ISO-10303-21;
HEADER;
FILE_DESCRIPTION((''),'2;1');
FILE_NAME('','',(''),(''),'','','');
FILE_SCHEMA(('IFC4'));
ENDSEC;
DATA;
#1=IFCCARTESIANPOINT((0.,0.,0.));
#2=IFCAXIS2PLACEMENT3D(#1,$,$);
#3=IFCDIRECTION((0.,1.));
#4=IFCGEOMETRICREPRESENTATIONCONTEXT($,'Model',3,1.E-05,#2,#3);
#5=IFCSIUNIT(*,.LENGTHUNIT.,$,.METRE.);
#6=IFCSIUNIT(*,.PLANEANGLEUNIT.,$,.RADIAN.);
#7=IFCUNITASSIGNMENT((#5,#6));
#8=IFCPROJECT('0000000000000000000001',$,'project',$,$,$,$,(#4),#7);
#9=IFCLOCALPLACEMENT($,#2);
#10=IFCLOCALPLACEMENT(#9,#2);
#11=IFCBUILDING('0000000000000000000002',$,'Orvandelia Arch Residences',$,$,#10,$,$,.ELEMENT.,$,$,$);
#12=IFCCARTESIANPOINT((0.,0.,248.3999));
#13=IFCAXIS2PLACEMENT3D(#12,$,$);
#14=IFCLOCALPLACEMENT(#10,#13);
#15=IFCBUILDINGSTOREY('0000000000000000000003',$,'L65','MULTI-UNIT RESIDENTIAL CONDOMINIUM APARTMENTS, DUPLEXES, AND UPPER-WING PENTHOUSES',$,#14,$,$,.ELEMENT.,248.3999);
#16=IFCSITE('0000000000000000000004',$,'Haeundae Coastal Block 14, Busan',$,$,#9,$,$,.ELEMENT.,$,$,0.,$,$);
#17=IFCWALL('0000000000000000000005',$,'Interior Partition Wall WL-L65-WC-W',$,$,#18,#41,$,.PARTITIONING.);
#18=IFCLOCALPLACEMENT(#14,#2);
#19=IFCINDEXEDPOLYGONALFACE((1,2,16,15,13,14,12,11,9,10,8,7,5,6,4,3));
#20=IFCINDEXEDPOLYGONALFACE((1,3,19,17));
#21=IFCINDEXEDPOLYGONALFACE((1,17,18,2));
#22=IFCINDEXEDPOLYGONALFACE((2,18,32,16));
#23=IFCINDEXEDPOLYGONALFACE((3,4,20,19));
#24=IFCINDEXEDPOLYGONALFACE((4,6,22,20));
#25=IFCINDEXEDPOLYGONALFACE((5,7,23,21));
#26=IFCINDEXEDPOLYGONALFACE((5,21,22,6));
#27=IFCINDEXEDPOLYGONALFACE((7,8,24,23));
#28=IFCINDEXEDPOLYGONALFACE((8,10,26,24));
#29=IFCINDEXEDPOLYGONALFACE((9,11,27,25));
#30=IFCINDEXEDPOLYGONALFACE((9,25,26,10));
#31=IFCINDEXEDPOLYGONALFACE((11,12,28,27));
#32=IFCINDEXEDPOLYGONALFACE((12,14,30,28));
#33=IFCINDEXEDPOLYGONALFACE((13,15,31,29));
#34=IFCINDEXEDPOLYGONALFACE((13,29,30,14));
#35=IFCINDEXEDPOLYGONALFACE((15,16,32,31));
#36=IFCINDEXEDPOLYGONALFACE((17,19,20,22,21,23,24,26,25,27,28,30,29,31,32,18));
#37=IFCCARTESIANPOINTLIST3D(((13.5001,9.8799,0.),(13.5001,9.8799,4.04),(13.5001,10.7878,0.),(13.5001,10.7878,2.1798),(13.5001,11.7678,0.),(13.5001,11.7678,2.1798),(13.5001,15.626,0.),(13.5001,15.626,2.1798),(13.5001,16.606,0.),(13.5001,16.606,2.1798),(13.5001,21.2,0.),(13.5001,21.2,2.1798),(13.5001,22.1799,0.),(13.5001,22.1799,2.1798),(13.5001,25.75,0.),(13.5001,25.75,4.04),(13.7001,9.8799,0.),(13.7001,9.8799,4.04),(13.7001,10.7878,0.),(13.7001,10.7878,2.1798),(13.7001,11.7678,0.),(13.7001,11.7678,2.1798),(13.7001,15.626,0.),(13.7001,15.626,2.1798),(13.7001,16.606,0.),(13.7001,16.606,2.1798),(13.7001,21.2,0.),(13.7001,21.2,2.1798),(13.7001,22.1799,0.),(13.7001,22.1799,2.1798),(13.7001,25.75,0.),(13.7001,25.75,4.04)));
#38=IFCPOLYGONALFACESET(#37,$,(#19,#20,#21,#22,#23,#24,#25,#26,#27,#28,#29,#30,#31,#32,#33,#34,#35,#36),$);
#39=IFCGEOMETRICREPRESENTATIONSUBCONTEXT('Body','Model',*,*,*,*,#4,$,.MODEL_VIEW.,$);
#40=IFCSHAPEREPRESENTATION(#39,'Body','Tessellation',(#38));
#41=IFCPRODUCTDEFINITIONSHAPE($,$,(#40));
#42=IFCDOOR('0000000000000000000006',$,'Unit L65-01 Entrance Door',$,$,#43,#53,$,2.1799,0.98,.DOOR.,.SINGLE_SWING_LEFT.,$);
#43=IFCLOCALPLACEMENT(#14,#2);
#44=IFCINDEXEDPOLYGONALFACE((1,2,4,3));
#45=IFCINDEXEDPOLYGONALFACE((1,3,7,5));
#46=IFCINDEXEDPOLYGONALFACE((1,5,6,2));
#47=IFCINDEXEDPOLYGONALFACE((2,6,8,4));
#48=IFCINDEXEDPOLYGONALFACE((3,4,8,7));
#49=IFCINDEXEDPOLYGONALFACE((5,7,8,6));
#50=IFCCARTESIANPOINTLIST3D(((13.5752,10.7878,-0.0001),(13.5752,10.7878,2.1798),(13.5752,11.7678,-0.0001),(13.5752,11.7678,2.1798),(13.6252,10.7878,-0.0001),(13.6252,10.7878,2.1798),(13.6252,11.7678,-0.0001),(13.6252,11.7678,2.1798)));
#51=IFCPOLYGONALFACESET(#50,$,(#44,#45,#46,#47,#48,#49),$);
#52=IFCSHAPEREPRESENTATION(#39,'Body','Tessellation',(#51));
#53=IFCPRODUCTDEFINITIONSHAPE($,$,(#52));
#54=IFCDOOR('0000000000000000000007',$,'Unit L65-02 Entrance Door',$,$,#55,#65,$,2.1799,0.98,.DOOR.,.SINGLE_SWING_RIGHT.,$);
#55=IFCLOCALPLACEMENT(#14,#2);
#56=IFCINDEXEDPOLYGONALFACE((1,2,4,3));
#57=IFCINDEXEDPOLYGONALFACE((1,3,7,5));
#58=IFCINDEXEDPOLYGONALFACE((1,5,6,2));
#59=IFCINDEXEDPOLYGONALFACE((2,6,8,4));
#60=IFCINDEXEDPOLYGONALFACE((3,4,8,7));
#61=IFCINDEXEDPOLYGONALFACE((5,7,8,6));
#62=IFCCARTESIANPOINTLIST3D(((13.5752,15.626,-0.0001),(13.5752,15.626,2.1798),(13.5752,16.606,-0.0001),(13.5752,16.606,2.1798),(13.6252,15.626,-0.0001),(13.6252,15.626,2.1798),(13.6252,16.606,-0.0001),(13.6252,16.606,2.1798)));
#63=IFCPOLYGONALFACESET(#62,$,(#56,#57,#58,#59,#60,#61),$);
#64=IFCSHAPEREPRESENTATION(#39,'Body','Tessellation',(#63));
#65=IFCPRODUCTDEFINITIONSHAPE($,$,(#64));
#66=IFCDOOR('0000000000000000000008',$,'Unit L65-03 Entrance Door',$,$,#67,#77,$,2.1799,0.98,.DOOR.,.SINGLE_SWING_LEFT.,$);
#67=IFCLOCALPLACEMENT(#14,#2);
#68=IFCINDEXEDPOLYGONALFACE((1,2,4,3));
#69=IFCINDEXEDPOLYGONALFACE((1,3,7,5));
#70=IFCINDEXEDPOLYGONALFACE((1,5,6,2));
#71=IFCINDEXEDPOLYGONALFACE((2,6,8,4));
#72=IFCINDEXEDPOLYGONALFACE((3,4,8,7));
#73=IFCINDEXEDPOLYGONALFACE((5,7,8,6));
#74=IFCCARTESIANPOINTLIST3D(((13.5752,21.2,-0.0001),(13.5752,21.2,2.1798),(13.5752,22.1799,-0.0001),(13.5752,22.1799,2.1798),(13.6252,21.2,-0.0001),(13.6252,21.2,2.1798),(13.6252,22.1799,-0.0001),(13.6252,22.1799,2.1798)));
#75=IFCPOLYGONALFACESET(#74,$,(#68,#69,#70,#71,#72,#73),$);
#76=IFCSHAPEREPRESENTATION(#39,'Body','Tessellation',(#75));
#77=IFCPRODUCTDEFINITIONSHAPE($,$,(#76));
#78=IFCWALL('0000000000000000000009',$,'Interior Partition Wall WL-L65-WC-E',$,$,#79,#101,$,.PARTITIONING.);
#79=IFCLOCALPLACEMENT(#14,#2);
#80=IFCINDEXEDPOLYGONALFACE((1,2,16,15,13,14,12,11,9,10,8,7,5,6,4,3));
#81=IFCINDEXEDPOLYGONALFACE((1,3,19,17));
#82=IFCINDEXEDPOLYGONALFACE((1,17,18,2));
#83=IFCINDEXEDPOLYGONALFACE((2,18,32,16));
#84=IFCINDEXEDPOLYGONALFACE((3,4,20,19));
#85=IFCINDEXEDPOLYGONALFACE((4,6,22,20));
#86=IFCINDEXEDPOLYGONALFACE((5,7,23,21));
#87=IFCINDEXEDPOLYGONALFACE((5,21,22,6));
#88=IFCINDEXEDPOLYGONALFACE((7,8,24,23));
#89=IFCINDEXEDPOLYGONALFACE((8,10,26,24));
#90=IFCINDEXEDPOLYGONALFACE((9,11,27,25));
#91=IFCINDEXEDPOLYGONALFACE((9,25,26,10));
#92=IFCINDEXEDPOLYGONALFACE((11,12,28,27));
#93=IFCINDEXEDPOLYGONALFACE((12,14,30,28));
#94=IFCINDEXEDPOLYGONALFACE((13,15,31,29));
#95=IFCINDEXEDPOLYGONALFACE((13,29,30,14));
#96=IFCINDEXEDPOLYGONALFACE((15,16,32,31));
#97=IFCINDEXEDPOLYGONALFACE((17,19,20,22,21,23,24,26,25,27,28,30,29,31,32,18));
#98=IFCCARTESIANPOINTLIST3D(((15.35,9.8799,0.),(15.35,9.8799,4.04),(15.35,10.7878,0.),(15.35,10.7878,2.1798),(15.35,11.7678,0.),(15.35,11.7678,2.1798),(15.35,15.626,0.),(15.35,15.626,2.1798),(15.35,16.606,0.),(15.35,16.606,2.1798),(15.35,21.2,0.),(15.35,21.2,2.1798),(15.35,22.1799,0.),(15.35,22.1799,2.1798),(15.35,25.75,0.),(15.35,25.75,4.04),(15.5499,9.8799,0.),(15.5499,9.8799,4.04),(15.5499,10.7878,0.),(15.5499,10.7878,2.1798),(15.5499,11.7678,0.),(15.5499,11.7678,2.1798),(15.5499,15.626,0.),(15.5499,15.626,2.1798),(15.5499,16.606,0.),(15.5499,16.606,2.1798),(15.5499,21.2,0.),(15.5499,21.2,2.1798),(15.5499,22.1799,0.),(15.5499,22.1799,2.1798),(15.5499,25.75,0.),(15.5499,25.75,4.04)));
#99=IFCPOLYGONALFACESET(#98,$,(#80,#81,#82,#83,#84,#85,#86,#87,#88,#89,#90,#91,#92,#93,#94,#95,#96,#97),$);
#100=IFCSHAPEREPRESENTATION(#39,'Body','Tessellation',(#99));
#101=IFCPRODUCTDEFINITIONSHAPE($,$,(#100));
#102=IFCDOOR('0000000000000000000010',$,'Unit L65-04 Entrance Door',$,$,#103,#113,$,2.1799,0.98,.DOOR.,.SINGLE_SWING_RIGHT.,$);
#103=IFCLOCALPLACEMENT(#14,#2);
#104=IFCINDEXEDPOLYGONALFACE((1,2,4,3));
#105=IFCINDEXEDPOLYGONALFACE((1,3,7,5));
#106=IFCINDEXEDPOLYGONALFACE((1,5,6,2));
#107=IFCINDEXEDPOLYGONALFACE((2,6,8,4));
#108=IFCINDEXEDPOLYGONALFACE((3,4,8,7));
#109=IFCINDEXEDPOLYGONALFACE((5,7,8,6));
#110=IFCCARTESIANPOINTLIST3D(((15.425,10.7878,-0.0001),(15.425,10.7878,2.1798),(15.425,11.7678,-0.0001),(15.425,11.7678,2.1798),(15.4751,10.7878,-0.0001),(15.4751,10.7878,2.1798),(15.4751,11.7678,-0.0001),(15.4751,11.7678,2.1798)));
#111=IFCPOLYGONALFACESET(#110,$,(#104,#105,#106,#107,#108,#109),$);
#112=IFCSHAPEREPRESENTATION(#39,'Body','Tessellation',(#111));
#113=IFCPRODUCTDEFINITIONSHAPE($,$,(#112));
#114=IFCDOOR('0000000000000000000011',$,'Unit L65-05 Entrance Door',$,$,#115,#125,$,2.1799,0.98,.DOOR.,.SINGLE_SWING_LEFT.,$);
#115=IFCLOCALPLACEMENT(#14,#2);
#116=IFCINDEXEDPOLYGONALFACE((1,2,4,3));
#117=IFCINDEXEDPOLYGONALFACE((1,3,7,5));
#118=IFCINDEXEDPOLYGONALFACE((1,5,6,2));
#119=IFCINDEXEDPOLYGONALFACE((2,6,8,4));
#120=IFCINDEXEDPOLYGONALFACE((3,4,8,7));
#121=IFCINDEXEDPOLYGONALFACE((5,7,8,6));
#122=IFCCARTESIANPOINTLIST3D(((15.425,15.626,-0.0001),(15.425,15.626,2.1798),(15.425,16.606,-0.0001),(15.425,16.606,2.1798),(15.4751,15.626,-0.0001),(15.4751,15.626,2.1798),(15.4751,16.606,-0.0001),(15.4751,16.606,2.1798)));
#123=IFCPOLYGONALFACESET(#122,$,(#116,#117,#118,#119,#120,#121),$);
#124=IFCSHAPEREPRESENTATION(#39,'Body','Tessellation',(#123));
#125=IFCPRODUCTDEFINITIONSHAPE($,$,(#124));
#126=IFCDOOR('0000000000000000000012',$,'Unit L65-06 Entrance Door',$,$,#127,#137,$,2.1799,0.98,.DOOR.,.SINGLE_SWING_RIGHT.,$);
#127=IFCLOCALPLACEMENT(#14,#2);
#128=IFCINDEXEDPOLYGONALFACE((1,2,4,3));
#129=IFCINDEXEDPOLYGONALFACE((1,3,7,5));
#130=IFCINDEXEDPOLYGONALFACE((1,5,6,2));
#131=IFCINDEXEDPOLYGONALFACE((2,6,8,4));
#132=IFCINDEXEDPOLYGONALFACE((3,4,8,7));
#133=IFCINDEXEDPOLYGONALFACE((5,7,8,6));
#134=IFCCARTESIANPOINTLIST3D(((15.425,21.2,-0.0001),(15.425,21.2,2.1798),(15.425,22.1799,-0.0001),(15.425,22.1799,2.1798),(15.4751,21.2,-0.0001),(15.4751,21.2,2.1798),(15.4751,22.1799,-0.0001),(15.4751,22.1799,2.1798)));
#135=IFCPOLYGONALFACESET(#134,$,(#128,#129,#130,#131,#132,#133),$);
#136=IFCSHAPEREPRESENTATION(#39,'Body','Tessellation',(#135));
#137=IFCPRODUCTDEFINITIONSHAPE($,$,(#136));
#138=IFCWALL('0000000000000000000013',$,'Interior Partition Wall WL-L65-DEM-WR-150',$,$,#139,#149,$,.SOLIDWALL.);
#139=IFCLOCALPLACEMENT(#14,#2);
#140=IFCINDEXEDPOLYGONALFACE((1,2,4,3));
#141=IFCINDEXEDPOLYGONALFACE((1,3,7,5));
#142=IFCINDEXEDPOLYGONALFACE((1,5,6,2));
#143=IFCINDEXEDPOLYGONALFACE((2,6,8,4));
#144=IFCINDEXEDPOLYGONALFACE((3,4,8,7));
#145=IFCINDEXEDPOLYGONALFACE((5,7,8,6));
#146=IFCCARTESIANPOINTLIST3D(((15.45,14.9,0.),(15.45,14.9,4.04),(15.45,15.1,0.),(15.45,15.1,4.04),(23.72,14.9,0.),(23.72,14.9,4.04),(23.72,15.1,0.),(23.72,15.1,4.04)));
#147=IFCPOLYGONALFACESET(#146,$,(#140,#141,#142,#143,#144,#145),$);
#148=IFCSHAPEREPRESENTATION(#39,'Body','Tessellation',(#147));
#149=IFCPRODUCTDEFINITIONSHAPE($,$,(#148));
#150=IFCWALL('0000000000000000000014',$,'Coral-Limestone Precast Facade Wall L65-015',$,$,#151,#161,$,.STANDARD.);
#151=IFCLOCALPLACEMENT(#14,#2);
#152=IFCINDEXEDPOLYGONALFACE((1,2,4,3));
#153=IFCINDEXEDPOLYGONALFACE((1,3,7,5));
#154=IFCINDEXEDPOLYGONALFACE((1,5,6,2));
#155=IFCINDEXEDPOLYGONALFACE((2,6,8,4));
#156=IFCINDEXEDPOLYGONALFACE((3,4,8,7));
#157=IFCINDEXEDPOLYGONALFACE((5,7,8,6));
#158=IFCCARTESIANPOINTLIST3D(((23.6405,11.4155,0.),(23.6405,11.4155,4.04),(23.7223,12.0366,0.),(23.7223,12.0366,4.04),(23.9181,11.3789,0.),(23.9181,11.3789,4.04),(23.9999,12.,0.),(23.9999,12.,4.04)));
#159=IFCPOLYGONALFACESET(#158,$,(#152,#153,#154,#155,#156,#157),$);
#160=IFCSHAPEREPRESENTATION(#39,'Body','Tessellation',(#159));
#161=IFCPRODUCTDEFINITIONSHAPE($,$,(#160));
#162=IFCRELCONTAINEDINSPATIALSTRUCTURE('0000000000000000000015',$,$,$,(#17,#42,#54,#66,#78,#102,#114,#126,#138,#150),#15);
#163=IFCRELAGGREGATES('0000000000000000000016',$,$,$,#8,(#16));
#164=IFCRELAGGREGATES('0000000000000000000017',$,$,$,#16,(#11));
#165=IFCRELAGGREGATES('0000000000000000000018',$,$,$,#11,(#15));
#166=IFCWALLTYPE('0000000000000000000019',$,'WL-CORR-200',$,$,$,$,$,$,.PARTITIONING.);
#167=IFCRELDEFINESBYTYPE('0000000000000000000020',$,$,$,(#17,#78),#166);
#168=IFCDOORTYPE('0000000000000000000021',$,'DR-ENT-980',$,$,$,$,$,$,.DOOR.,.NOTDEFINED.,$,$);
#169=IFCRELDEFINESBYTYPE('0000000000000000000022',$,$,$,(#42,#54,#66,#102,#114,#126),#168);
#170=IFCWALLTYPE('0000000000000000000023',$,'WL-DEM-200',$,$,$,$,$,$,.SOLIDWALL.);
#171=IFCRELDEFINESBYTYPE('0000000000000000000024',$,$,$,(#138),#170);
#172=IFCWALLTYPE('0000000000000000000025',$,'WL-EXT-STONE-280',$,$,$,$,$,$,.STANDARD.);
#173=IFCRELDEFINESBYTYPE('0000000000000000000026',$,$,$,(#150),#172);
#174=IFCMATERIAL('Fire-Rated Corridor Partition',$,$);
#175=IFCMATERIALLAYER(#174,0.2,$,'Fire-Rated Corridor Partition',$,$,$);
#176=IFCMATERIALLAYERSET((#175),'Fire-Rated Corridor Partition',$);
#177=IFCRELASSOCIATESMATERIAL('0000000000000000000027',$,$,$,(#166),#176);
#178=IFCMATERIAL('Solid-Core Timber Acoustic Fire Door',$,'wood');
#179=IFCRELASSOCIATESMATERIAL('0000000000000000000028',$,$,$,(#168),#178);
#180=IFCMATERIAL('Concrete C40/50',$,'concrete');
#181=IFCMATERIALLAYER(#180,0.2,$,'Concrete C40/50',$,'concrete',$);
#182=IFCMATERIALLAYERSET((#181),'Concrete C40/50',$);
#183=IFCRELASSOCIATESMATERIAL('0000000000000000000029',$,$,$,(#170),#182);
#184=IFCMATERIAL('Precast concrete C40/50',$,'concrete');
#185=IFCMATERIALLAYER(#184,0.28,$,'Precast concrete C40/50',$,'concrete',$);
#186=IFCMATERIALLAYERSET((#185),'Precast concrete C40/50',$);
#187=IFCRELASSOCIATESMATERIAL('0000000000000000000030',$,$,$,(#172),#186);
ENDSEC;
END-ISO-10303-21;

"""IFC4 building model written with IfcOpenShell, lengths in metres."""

from ifc_helpers import new_model, si_unit, direction, frame, frame_2d, origin, place, context, subcontext, project, spatial, rectangle, extrude, material, layer, layer_set, type_object, element, fill, save


model = new_model("IFC4")

# Units and contexts
model_context = context("Model", 3, precision=1e-05, world=origin(), true_north=direction((0.0, 1.0)))
body_context = subcontext(model_context, "Body", "Model", "MODEL_VIEW")
ifc_project = project(units=[si_unit("LENGTHUNIT", "METRE"), si_unit("PLANEANGLEUNIT", "RADIAN")], contexts=[model_context])

# Site, building, storey
site_placement = place(None, origin())
site = spatial("IfcSite", under=ifc_project, at=site_placement, Name="Haeundae Coastal Block 14, Busan", CompositionType="ELEMENT", RefElevation=0.0)
building_placement = place(site_placement, origin())
building = spatial("IfcBuilding", under=site, at=building_placement, Name="Orvandelia Arch Residences", CompositionType="ELEMENT")
storey_placement = place(building_placement, frame((0.0, 0.0, 248.3999)))
storey = spatial("IfcBuildingStorey", under=building, at=storey_placement, Name="L65", Description="MULTI-UNIT RESIDENTIAL CONDOMINIUM APARTMENTS, DUPLEXES, AND UPPER-WING PENTHOUSES", CompositionType="ELEMENT", Elevation=248.3999)

# Walls, openings, doors
ifc_material_1 = material(Name="Fire-Rated Corridor Partition")
ifc_layer_1 = layer(ifc_material_1, 0.2, Name="Fire-Rated Corridor Partition")
ifc_layer_set_1 = layer_set([ifc_layer_1], Name="Fire-Rated Corridor Partition")
wall_type_1 = type_object("IfcWallType", Name="WL-CORR-200", PredefinedType="PARTITIONING", material=ifc_layer_set_1)
wall_1_placement = place(storey_placement, frame((13.6001, 9.8799, 0.0), z_axis=(0.0, 0.0, 1.0), x_axis=(0.0, 1.0, 0.0)))
wall_1 = element("IfcWall", 1, at=wall_1_placement, inside=storey, type_object=wall_type_1, Name="Interior Partition Wall WL-L65-WC-W", PredefinedType="PARTITIONING", context=body_context, shape_type="SweptSolid", body=[
    extrude(rectangle(XDim=15.8701, YDim=0.2, at=frame_2d((7.9351, 0.0))), origin(), (0.0, 0.0, 1.0), 4.04),
])
opening_1_placement = place(wall_1_placement, frame((0.908, 0.0, 0.0)))
opening_1 = element("IfcOpeningElement", 2, at=opening_1_placement, cuts=wall_1, PredefinedType="OPENING", context=body_context, shape_type="SweptSolid", body=[
    extrude(rectangle(XDim=0.98, YDim=2.1799, at=frame_2d((0.49, 1.0898))), frame((0.0, 0.1099, 0.0), z_axis=(0.0, -1.0, 0.0), x_axis=(1.0, 0.0, 0.0)), (0.0, 0.0, 1.0), 0.22),
])
opening_2_placement = place(wall_1_placement, frame((5.7461, 0.0, 0.0)))
opening_2 = element("IfcOpeningElement", 3, at=opening_2_placement, cuts=wall_1, PredefinedType="OPENING", context=body_context, shape_type="SweptSolid", body=[
    extrude(rectangle(XDim=0.98, YDim=2.1799, at=frame_2d((0.49, 1.0898))), frame((0.0, 0.1099, 0.0), z_axis=(0.0, -1.0, 0.0), x_axis=(1.0, 0.0, 0.0)), (0.0, 0.0, 1.0), 0.22),
])
opening_3_placement = place(wall_1_placement, frame((11.3201, 0.0, 0.0)))
opening_3 = element("IfcOpeningElement", 4, at=opening_3_placement, cuts=wall_1, PredefinedType="OPENING", context=body_context, shape_type="SweptSolid", body=[
    extrude(rectangle(XDim=0.98, YDim=2.1799, at=frame_2d((0.49, 1.0898))), frame((0.0, 0.1099, 0.0), z_axis=(0.0, -1.0, 0.0), x_axis=(1.0, 0.0, 0.0)), (0.0, 0.0, 1.0), 0.22),
])
ifc_material_2 = material(Name="Solid-Core Timber Acoustic Fire Door", Category="wood")
door_type_1 = type_object("IfcDoorType", Name="DR-ENT-980", OperationType="NOTDEFINED", PredefinedType="DOOR", material=ifc_material_2)
door_1_placement = place(opening_1_placement, origin())
door_1 = element("IfcDoor", 5, at=door_1_placement, inside=storey, type_object=door_type_1, Name="Unit L65-01 Entrance Door", OperationType="SINGLE_SWING_LEFT", OverallHeight=2.1799, OverallWidth=0.98, PredefinedType="DOOR", context=body_context, shape_type="SweptSolid", body=[
    extrude(rectangle(XDim=0.98, YDim=2.1799, at=frame_2d((0.49, 1.0898))), frame((0.0, 0.0249, 0.0), z_axis=(0.0, -1.0, 0.0), x_axis=(1.0, 0.0, 0.0)), (0.0, 0.0, 1.0), 0.05),
])
fill(opening_1, door_1)
door_2_placement = place(opening_2_placement, origin())
door_2 = element("IfcDoor", 6, at=door_2_placement, inside=storey, type_object=door_type_1, Name="Unit L65-02 Entrance Door", OperationType="SINGLE_SWING_RIGHT", OverallHeight=2.1799, OverallWidth=0.98, PredefinedType="DOOR", context=body_context, shape_type="SweptSolid", body=[
    extrude(rectangle(XDim=0.98, YDim=2.1799, at=frame_2d((0.49, 1.0898))), frame((0.0, 0.0249, 0.0), z_axis=(0.0, -1.0, 0.0), x_axis=(1.0, 0.0, 0.0)), (0.0, 0.0, 1.0), 0.05),
])
fill(opening_2, door_2)
door_3_placement = place(opening_3_placement, origin())
door_3 = element("IfcDoor", 7, at=door_3_placement, inside=storey, type_object=door_type_1, Name="Unit L65-03 Entrance Door", OperationType="SINGLE_SWING_LEFT", OverallHeight=2.1799, OverallWidth=0.98, PredefinedType="DOOR", context=body_context, shape_type="SweptSolid", body=[
    extrude(rectangle(XDim=0.98, YDim=2.1799, at=frame_2d((0.49, 1.0898))), frame((0.0, 0.0249, 0.0), z_axis=(0.0, -1.0, 0.0), x_axis=(1.0, 0.0, 0.0)), (0.0, 0.0, 1.0), 0.05),
])
fill(opening_3, door_3)
wall_2_placement = place(storey_placement, frame((15.45, 9.8799, 0.0), z_axis=(0.0, 0.0, 1.0), x_axis=(0.0, 1.0, 0.0)))
wall_2 = element("IfcWall", 8, at=wall_2_placement, inside=storey, type_object=wall_type_1, Name="Interior Partition Wall WL-L65-WC-E", PredefinedType="PARTITIONING", context=body_context, shape_type="SweptSolid", body=[
    extrude(rectangle(XDim=15.8701, YDim=0.2, at=frame_2d((7.9351, 0.0))), origin(), (0.0, 0.0, 1.0), 4.04),
])
opening_4_placement = place(wall_2_placement, frame((0.908, 0.0, 0.0)))
opening_4 = element("IfcOpeningElement", 9, at=opening_4_placement, cuts=wall_2, PredefinedType="OPENING", context=body_context, shape_type="SweptSolid", body=[
    extrude(rectangle(XDim=0.98, YDim=2.1799, at=frame_2d((0.49, 1.0898))), frame((0.0, 0.1099, 0.0), z_axis=(0.0, -1.0, 0.0), x_axis=(1.0, 0.0, 0.0)), (0.0, 0.0, 1.0), 0.22),
])
opening_5_placement = place(wall_2_placement, frame((5.7461, 0.0, 0.0)))
opening_5 = element("IfcOpeningElement", 10, at=opening_5_placement, cuts=wall_2, PredefinedType="OPENING", context=body_context, shape_type="SweptSolid", body=[
    extrude(rectangle(XDim=0.98, YDim=2.1799, at=frame_2d((0.49, 1.0898))), frame((0.0, 0.1099, 0.0), z_axis=(0.0, -1.0, 0.0), x_axis=(1.0, 0.0, 0.0)), (0.0, 0.0, 1.0), 0.22),
])
opening_6_placement = place(wall_2_placement, frame((11.3201, 0.0, 0.0)))
opening_6 = element("IfcOpeningElement", 11, at=opening_6_placement, cuts=wall_2, PredefinedType="OPENING", context=body_context, shape_type="SweptSolid", body=[
    extrude(rectangle(XDim=0.98, YDim=2.1799, at=frame_2d((0.49, 1.0898))), frame((0.0, 0.1099, 0.0), z_axis=(0.0, -1.0, 0.0), x_axis=(1.0, 0.0, 0.0)), (0.0, 0.0, 1.0), 0.22),
])
door_4_placement = place(opening_4_placement, origin())
door_4 = element("IfcDoor", 12, at=door_4_placement, inside=storey, type_object=door_type_1, Name="Unit L65-04 Entrance Door", OperationType="SINGLE_SWING_RIGHT", OverallHeight=2.1799, OverallWidth=0.98, PredefinedType="DOOR", context=body_context, shape_type="SweptSolid", body=[
    extrude(rectangle(XDim=0.98, YDim=2.1799, at=frame_2d((0.49, 1.0898))), frame((0.0, 0.0249, 0.0), z_axis=(0.0, -1.0, 0.0), x_axis=(1.0, 0.0, 0.0)), (0.0, 0.0, 1.0), 0.05),
])
fill(opening_4, door_4)
door_5_placement = place(opening_5_placement, origin())
door_5 = element("IfcDoor", 13, at=door_5_placement, inside=storey, type_object=door_type_1, Name="Unit L65-05 Entrance Door", OperationType="SINGLE_SWING_LEFT", OverallHeight=2.1799, OverallWidth=0.98, PredefinedType="DOOR", context=body_context, shape_type="SweptSolid", body=[
    extrude(rectangle(XDim=0.98, YDim=2.1799, at=frame_2d((0.49, 1.0898))), frame((0.0, 0.0249, 0.0), z_axis=(0.0, -1.0, 0.0), x_axis=(1.0, 0.0, 0.0)), (0.0, 0.0, 1.0), 0.05),
])
fill(opening_5, door_5)
door_6_placement = place(opening_6_placement, origin())
door_6 = element("IfcDoor", 14, at=door_6_placement, inside=storey, type_object=door_type_1, Name="Unit L65-06 Entrance Door", OperationType="SINGLE_SWING_RIGHT", OverallHeight=2.1799, OverallWidth=0.98, PredefinedType="DOOR", context=body_context, shape_type="SweptSolid", body=[
    extrude(rectangle(XDim=0.98, YDim=2.1799, at=frame_2d((0.49, 1.0898))), frame((0.0, 0.0249, 0.0), z_axis=(0.0, -1.0, 0.0), x_axis=(1.0, 0.0, 0.0)), (0.0, 0.0, 1.0), 0.05),
])
fill(opening_6, door_6)

# Walls
ifc_material_3 = material(Name="Concrete C40/50", Category="concrete")
ifc_layer_2 = layer(ifc_material_3, 0.2, Name="Concrete C40/50", Category="concrete")
ifc_layer_set_2 = layer_set([ifc_layer_2], Name="Concrete C40/50")
wall_type_2 = type_object("IfcWallType", Name="WL-DEM-200", PredefinedType="SOLIDWALL", material=ifc_layer_set_2)
wall_3_placement = place(storey_placement, frame((15.45, 15.0, 0.0), z_axis=(0.0, 0.0, 1.0), x_axis=(1.0, 0.0, 0.0)))
element("IfcWall", 15, at=wall_3_placement, inside=storey, type_object=wall_type_2, Name="Interior Partition Wall WL-L65-DEM-WR-150", PredefinedType="SOLIDWALL", context=body_context, shape_type="SweptSolid", body=[
    extrude(rectangle(XDim=8.27, YDim=0.2, at=frame_2d((4.135, 0.0))), origin(), (0.0, 0.0, 1.0), 4.04),
])
ifc_material_4 = material(Name="Precast concrete C40/50", Category="concrete")
ifc_layer_3 = layer(ifc_material_4, 0.28, Name="Precast concrete C40/50", Category="concrete")
ifc_layer_set_3 = layer_set([ifc_layer_3], Name="Precast concrete C40/50")
wall_type_3 = type_object("IfcWallType", Name="WL-EXT-STONE-280", PredefinedType="STANDARD", material=ifc_layer_set_3)
for number, where, z_axis, x_axis, name in (
    (16, (23.8611, 12.0183, 0.0), (0.0, 0.0, 1.0), (-0.130555, -0.991441, 0.0), "Coral-Limestone Precast Facade Wall L65-015"),
):
    element("IfcWall", number, at=place(storey_placement, frame(where, z_axis=z_axis, x_axis=x_axis)), inside=storey, type_object=wall_type_3, Name=name, PredefinedType="STANDARD", context=body_context, shape_type="SweptSolid", body=[
        extrude(rectangle(XDim=0.6265, YDim=0.28, at=frame_2d((0.3132, 0.0))), origin(), (0.0, 0.0, 1.0), 4.04),
    ])

save(model, "model.ifc")
